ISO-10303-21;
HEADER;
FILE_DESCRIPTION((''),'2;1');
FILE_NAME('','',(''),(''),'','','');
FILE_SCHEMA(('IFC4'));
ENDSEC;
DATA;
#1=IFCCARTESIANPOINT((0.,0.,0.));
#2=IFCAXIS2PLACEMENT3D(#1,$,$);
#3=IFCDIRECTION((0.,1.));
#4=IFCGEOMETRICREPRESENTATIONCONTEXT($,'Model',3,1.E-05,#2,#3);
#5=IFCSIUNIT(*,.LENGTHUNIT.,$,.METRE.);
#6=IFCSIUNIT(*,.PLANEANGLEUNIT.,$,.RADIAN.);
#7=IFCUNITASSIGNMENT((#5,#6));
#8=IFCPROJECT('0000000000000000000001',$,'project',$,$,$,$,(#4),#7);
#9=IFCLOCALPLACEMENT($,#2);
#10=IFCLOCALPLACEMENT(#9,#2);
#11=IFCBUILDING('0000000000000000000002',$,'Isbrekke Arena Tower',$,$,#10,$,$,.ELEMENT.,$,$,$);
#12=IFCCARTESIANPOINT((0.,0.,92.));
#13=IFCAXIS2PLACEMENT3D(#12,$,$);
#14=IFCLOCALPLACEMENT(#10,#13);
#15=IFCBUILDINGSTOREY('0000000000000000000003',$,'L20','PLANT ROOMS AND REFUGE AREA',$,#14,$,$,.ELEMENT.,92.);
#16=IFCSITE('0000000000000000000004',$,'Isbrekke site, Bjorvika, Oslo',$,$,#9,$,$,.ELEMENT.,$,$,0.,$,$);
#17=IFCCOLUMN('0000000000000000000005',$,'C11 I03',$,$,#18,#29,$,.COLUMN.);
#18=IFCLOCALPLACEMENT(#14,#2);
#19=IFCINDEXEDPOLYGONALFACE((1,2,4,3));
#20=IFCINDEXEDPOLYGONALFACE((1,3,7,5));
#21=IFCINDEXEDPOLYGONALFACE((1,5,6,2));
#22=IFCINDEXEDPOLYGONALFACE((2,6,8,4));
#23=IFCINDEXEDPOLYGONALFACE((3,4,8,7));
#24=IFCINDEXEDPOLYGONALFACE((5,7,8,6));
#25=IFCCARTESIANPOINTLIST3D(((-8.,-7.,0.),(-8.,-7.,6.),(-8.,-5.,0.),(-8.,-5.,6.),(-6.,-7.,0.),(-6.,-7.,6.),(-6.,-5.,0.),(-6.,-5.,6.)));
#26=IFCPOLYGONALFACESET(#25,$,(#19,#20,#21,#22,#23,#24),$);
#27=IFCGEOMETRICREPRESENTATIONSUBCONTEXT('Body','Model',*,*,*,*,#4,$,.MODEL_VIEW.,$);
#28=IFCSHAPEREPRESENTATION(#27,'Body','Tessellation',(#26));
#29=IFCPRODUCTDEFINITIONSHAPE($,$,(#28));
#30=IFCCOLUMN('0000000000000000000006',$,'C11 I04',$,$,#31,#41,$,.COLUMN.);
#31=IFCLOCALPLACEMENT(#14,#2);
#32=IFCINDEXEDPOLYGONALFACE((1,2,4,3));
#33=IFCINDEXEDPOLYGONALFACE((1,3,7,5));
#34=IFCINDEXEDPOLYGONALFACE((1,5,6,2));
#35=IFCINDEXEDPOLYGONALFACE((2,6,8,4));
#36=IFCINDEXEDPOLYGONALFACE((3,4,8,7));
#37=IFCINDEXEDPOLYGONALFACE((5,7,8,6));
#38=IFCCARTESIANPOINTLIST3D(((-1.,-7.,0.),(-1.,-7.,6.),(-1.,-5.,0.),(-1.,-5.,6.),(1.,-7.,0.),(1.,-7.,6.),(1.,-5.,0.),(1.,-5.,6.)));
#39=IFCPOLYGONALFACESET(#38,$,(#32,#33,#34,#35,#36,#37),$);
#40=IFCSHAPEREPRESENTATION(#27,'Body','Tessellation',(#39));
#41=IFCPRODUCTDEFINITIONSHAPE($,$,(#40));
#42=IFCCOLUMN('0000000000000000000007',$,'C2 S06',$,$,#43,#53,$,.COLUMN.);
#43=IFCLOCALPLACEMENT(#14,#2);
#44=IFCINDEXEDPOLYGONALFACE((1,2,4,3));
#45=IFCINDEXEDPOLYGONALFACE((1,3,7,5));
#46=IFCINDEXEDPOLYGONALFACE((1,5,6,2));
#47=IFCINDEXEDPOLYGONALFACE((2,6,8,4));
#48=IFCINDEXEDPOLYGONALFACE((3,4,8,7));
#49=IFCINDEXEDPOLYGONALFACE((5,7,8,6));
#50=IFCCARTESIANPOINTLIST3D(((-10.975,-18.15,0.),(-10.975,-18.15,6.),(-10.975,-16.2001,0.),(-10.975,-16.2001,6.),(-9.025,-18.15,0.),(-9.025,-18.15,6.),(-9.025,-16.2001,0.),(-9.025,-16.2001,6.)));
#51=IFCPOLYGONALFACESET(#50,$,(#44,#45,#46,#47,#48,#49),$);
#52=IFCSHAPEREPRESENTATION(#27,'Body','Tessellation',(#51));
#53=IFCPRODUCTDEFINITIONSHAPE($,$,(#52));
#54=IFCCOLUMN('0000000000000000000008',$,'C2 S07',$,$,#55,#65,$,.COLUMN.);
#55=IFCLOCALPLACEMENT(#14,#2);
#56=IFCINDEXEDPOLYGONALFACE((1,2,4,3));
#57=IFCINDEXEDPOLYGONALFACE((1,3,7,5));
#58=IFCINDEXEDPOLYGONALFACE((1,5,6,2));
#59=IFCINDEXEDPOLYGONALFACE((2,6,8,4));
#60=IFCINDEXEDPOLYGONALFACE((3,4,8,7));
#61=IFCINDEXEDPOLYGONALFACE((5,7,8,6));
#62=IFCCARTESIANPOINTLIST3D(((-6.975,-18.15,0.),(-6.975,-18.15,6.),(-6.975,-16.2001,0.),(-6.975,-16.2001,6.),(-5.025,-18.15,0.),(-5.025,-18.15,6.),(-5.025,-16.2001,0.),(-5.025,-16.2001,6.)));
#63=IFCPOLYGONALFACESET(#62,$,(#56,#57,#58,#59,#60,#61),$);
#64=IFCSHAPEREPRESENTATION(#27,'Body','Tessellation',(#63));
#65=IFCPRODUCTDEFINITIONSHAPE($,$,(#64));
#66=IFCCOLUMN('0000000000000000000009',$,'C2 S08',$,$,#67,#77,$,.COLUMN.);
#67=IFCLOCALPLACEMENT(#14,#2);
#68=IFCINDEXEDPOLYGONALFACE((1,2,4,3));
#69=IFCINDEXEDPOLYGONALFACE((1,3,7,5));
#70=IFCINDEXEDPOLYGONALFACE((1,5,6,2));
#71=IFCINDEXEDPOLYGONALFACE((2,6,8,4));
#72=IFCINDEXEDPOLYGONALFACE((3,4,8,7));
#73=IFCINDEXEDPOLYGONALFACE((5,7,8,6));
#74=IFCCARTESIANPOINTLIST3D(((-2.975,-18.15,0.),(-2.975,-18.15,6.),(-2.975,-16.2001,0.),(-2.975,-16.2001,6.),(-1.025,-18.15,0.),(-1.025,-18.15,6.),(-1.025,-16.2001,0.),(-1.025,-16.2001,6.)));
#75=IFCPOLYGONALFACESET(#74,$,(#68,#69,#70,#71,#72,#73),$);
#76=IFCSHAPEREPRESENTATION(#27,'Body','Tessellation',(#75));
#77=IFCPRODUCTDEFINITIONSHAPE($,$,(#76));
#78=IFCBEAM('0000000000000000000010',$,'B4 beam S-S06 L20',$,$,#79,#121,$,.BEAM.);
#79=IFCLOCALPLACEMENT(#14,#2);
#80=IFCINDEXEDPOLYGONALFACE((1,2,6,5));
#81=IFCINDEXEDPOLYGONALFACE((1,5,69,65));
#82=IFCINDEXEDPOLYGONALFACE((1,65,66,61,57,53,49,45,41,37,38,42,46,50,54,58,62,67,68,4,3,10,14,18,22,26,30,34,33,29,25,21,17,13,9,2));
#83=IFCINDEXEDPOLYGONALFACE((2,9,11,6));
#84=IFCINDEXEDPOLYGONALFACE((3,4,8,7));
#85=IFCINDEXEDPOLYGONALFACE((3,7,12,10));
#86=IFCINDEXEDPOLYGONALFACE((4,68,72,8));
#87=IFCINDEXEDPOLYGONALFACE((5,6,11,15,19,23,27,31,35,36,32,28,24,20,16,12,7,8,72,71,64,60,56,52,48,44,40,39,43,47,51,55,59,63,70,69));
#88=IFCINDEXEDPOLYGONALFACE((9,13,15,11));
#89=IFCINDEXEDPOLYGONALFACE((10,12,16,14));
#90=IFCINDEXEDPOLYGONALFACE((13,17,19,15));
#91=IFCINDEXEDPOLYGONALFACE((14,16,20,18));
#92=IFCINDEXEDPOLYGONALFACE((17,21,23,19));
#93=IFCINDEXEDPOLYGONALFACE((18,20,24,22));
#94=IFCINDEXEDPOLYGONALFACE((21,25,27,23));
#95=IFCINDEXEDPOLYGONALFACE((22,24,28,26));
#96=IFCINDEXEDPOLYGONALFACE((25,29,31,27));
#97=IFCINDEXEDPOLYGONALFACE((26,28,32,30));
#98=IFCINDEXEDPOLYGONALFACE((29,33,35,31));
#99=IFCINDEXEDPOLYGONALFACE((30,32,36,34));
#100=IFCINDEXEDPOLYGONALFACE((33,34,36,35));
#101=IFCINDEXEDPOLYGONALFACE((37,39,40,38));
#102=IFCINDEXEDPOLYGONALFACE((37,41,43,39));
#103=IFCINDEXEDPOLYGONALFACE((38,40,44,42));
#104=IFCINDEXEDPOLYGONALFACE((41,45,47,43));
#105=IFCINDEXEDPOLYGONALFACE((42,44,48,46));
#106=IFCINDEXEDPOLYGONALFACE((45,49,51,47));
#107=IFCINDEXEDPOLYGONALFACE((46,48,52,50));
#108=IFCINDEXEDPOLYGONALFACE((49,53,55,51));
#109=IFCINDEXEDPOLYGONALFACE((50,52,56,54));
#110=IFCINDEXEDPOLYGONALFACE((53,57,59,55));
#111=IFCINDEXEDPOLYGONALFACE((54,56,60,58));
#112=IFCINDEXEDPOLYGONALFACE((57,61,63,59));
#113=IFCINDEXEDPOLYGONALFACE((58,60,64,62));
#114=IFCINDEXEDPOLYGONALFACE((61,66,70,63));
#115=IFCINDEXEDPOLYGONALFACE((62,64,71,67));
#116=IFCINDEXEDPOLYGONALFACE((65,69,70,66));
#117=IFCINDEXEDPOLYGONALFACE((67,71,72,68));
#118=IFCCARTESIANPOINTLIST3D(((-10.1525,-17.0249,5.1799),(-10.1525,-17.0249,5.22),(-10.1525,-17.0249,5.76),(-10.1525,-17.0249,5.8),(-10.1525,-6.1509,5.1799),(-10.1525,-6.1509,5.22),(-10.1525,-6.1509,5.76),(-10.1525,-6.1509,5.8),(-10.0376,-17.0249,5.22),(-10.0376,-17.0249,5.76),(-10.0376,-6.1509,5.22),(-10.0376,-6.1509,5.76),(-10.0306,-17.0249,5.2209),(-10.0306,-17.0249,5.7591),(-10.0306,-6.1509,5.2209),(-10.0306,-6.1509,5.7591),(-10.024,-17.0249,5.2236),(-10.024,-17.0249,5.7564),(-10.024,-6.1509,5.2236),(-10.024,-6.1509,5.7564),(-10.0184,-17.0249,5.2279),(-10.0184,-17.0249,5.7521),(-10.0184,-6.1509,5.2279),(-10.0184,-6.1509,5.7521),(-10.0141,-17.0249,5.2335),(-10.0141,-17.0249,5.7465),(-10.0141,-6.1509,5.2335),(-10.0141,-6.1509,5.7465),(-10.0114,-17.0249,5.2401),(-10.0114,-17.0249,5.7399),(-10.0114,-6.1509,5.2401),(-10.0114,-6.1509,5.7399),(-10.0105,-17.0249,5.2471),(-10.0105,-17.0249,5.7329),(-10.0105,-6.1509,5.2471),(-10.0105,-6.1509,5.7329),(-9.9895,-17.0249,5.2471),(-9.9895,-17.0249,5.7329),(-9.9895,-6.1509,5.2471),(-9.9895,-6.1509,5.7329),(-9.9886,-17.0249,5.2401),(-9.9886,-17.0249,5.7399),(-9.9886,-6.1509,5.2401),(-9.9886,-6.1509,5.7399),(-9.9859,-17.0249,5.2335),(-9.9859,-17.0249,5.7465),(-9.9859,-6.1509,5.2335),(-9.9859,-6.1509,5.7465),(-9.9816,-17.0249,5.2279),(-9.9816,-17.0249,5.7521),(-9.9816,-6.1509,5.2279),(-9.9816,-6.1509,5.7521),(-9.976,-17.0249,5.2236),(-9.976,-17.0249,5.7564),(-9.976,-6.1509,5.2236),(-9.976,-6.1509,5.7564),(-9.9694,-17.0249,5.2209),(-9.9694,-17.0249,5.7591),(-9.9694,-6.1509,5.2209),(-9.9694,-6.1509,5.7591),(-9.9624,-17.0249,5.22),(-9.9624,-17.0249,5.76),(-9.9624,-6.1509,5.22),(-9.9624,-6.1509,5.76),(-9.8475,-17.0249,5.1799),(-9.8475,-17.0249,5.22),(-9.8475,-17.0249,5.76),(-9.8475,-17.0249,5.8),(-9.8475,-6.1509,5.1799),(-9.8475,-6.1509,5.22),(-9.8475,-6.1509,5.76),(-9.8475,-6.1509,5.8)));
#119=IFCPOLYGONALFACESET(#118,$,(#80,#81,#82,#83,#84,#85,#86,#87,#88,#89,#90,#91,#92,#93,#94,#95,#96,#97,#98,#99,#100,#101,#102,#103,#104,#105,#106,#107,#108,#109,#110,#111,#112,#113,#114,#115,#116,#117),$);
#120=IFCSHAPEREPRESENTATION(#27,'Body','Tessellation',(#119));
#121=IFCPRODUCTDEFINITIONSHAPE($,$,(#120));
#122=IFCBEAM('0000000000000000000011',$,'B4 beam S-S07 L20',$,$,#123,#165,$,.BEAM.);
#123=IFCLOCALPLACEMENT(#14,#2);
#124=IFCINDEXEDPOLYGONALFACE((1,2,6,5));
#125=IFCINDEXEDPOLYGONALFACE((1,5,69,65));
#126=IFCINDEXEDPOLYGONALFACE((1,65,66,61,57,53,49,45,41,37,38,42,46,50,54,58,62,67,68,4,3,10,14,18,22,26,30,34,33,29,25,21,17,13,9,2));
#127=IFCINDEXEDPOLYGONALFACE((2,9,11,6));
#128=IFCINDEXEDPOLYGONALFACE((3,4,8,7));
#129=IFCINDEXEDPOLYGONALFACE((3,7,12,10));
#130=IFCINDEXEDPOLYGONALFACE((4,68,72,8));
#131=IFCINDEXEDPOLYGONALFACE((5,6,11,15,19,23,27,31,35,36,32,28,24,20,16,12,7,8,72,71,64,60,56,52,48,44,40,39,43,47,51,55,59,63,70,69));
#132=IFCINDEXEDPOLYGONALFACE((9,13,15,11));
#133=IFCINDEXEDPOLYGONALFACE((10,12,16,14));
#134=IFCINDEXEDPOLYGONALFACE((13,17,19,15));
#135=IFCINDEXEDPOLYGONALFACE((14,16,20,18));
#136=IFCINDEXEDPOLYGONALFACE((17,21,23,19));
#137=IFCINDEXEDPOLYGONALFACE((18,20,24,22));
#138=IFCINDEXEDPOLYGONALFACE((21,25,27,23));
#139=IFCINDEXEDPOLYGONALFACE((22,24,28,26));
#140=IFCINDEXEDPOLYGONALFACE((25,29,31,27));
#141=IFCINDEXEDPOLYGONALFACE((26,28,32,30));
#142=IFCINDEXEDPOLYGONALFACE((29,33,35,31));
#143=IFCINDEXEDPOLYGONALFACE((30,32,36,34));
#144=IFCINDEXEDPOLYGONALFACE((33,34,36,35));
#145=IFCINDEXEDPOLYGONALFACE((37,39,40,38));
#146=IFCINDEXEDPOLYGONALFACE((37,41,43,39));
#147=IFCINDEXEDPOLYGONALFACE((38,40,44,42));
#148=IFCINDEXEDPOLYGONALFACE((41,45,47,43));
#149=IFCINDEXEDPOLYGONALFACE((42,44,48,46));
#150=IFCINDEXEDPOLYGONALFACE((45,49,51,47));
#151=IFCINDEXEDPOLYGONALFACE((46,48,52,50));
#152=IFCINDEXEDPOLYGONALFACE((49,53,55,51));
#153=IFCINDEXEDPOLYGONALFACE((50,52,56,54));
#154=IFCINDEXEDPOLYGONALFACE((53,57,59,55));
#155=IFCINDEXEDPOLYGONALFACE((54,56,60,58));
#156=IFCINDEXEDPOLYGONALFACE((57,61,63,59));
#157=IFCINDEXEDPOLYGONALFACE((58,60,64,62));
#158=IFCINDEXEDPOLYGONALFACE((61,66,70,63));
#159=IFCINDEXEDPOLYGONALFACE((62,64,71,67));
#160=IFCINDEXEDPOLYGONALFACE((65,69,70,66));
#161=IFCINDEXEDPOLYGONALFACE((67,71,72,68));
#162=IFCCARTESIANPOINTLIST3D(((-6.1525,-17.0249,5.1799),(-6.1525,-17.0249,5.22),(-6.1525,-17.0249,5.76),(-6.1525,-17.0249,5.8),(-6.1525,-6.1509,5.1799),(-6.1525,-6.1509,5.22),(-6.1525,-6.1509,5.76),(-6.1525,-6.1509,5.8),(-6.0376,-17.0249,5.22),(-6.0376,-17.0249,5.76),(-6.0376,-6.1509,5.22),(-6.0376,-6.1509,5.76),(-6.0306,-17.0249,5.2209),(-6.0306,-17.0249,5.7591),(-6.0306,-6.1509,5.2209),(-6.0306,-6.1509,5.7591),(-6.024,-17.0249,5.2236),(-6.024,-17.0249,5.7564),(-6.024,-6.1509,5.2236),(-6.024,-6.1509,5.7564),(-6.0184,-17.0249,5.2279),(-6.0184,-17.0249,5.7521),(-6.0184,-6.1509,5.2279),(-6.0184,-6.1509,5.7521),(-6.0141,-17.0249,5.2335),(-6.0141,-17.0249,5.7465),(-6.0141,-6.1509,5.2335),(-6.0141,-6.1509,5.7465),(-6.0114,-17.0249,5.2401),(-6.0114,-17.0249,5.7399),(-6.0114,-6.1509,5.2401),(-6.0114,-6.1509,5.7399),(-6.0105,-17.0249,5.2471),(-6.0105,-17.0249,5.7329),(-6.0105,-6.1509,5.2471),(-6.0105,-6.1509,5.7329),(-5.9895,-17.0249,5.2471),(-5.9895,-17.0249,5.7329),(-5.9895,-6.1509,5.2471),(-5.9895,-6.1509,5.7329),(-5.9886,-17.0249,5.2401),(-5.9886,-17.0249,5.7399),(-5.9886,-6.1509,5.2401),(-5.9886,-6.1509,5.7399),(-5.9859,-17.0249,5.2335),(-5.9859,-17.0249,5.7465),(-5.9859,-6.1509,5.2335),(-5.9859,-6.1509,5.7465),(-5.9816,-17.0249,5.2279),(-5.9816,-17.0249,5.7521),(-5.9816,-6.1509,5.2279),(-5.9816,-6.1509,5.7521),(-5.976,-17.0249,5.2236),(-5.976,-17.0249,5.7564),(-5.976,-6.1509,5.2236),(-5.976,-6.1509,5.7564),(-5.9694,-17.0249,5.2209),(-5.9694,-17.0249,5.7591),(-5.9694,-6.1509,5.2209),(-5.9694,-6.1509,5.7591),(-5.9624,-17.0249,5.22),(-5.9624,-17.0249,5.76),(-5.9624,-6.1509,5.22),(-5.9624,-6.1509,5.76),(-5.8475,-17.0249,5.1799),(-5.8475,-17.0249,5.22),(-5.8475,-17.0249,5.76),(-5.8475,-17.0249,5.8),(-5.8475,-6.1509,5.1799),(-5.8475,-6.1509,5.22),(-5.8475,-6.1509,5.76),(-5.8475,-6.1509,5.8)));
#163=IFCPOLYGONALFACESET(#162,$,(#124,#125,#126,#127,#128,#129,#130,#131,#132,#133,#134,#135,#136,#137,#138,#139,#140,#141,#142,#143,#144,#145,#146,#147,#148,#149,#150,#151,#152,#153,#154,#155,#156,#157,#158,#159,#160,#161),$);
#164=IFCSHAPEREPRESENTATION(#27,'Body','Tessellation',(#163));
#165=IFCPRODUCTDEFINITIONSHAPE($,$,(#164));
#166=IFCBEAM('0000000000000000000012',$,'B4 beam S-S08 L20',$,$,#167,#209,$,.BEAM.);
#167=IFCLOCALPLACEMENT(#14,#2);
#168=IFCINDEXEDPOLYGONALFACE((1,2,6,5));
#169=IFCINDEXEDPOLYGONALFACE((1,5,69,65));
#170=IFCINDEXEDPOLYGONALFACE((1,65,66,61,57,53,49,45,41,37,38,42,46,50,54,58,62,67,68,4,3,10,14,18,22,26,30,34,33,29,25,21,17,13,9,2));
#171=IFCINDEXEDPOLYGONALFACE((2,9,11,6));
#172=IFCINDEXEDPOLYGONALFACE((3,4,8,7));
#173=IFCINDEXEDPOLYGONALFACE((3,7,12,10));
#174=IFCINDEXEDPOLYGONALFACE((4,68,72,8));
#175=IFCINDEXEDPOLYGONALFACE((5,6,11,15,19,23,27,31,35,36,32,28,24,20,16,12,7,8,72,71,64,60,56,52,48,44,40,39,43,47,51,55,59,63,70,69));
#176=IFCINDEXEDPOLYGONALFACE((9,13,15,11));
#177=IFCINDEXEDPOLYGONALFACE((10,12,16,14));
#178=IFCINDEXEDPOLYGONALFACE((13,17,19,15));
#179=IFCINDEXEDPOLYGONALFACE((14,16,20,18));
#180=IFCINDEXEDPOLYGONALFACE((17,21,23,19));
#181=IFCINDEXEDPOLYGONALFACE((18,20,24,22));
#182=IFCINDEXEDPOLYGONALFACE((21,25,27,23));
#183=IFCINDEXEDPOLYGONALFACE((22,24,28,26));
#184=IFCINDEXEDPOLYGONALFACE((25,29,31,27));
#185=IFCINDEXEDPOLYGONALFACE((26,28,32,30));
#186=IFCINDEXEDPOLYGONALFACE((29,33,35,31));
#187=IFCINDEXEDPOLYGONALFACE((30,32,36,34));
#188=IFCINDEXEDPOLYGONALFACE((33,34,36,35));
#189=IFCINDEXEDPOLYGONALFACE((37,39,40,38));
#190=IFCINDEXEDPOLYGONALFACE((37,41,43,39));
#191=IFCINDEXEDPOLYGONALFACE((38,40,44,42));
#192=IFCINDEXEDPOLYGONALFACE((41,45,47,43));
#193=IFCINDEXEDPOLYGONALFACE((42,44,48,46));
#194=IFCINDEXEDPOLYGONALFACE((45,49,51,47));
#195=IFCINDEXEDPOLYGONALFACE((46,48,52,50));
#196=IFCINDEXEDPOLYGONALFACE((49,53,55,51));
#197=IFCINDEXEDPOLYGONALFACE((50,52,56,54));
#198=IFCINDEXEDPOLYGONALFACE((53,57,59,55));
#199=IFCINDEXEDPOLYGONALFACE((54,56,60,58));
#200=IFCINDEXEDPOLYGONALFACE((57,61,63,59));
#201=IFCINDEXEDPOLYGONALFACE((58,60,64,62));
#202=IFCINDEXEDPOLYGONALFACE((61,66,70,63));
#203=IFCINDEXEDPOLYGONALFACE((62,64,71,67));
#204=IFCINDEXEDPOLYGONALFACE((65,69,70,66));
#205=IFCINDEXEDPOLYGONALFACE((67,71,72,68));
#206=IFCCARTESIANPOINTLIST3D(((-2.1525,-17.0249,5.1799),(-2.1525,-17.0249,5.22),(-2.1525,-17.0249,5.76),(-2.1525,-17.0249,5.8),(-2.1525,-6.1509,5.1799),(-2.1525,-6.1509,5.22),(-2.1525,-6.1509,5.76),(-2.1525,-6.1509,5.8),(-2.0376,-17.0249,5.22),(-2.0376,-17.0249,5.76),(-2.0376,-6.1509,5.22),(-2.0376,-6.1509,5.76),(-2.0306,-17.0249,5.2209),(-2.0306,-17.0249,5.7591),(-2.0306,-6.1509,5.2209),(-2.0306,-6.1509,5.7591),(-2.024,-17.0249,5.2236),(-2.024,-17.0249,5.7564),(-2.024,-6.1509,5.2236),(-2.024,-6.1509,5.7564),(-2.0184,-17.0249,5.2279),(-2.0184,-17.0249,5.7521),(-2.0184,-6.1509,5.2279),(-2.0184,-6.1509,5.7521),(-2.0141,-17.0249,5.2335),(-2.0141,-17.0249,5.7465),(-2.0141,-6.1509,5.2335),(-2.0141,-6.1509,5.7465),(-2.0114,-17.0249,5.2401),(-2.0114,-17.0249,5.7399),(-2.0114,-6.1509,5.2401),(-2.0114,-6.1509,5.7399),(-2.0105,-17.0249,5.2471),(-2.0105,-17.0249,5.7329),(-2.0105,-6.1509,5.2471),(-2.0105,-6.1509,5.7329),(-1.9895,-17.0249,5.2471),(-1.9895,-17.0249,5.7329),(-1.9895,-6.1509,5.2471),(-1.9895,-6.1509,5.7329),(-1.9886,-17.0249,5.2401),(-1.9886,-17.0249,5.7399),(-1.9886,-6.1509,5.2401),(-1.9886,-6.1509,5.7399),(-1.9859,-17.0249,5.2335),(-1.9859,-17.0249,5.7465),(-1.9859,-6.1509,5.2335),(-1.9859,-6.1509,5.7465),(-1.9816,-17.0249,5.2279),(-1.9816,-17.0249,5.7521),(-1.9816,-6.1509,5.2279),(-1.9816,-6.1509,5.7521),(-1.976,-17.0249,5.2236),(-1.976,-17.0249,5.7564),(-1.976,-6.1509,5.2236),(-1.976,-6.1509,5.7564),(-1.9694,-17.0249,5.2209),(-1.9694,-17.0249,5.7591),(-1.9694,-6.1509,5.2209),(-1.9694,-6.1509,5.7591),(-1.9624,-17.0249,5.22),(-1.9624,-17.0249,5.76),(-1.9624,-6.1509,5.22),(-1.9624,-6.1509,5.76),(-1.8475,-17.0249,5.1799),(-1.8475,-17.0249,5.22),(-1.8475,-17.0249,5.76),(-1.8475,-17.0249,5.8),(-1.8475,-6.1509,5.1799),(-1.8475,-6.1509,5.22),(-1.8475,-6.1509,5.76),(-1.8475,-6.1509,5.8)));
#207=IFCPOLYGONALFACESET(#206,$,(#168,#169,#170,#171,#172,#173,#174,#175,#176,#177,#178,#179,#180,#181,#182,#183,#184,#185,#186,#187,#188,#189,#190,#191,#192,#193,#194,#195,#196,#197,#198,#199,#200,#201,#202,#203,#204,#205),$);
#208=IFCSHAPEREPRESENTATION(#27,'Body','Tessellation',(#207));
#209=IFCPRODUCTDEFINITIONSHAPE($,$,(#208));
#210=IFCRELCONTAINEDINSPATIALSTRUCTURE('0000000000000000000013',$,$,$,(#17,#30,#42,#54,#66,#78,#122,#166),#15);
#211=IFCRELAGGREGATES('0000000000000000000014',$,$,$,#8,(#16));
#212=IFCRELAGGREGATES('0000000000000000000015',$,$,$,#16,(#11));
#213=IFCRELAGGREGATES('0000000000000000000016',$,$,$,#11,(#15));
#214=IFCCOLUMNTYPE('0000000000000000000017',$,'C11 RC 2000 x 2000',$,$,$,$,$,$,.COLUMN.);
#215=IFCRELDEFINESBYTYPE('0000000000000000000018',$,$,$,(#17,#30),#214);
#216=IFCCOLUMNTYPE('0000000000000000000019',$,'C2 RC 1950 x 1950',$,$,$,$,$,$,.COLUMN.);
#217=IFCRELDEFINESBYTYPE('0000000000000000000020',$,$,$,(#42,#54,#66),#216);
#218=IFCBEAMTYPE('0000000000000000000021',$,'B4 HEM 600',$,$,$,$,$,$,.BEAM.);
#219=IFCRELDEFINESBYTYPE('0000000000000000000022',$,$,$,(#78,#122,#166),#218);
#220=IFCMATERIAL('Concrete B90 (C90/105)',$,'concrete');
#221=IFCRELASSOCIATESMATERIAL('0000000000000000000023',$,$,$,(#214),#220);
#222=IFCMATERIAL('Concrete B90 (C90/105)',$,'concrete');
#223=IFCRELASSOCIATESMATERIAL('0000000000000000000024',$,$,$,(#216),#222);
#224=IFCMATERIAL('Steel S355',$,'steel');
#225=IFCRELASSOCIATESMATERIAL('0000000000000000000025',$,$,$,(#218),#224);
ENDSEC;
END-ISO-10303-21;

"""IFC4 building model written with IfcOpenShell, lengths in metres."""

from ifc_helpers import new_model, si_unit, direction, frame, origin, origin_2d, place, context, subcontext, project, spatial, rectangle, i_section, extrude, material, material_profile, profile_set, type_object, element, save


model = new_model("IFC4")

# Units and contexts
model_context = context("Model", 3, precision=1e-05, world=origin(), true_north=direction((0.0, 1.0)))
body_context = subcontext(model_context, "Body", "Model", "MODEL_VIEW")
ifc_project = project(units=[si_unit("LENGTHUNIT", "METRE"), si_unit("PLANEANGLEUNIT", "RADIAN")], contexts=[model_context])

# Site, building, storey
site_placement = place(None, origin())
site = spatial("IfcSite", under=ifc_project, at=site_placement, Name="Isbrekke site, Bjorvika, Oslo", CompositionType="ELEMENT", RefElevation=0.0)
building_placement = place(site_placement, origin())
building = spatial("IfcBuilding", under=site, at=building_placement, Name="Isbrekke Arena Tower", CompositionType="ELEMENT")
storey_placement = place(building_placement, frame((0.0, 0.0, 92.0)))
storey = spatial("IfcBuildingStorey", under=building, at=storey_placement, Name="L20", Description="PLANT ROOMS AND REFUGE AREA", CompositionType="ELEMENT", Elevation=92.0)

# Columns
ifc_material_1 = material(Name="Concrete B90 (C90/105)", Category="concrete")
ifc_material_profile_1 = material_profile(ifc_material_1, rectangle(XDim=2.0, YDim=2.0, at=origin_2d()), Name="RC 2000x2000")
ifc_profile_set_1 = profile_set([ifc_material_profile_1], Name="Concrete B90 (C90/105)")
column_type_1 = type_object("IfcColumnType", Name="C11 RC 2000 x 2000", PredefinedType="COLUMN", material=ifc_profile_set_1)
for number, where, z_axis, x_axis, name in (
    (1, (-7.0, -6.0, 0.0), (0.0, 0.0, 1.0), (1.0, 0.0, 0.0), "C11 I03"),
    (2, (0.0, -6.0, 0.0), (0.0, 0.0, 1.0), (1.0, 0.0, 0.0), "C11 I04"),
):
    element("IfcColumn", number, at=place(storey_placement, frame(where, z_axis=z_axis, x_axis=x_axis)), inside=storey, type_object=column_type_1, Name=name, PredefinedType="COLUMN", context=body_context, shape_type="SweptSolid", body=[
        extrude(rectangle(XDim=2.0, YDim=2.0, at=origin_2d()), origin(), (0.0, 0.0, 1.0), 6.0),
    ])
ifc_material_2 = material(Name="Concrete B90 (C90/105)", Category="concrete")
ifc_material_profile_2 = material_profile(ifc_material_2, rectangle(XDim=1.95, YDim=1.95, at=origin_2d()), Name="RC 1950x1950")
ifc_profile_set_2 = profile_set([ifc_material_profile_2], Name="Concrete B90 (C90/105)")
column_type_2 = type_object("IfcColumnType", Name="C2 RC 1950 x 1950", PredefinedType="COLUMN", material=ifc_profile_set_2)
for number, where, z_axis, x_axis, name in (
    (3, (-10.0, -17.175, 0.0), (0.0, 0.0, 1.0), (1.0, 0.0, 0.0), "C2 S06"),
    (4, (-6.0, -17.175, 0.0), (0.0, 0.0, 1.0), (1.0, 0.0, 0.0), "C2 S07"),
    (5, (-2.0, -17.175, 0.0), (0.0, 0.0, 1.0), (1.0, 0.0, 0.0), "C2 S08"),
):
    element("IfcColumn", number, at=place(storey_placement, frame(where, z_axis=z_axis, x_axis=x_axis)), inside=storey, type_object=column_type_2, Name=name, PredefinedType="COLUMN", context=body_context, shape_type="SweptSolid", body=[
        extrude(rectangle(XDim=1.95, YDim=1.95, at=origin_2d()), origin(), (0.0, 0.0, 1.0), 6.0),
    ])

# Beams
ifc_material_3 = material(Name="Steel S355", Category="steel")
ifc_material_profile_3 = material_profile(ifc_material_3, i_section(OverallWidth=0.3049, OverallDepth=0.6201, WebThickness=0.021, FlangeThickness=0.04, FilletRadius=0.0271, at=origin_2d()), Name="HEM 600")
ifc_profile_set_3 = profile_set([ifc_material_profile_3], Name="Steel S355")
beam_type_1 = type_object("IfcBeamType", Name="B4 HEM 600", PredefinedType="BEAM", material=ifc_profile_set_3)
for number, where, z_axis, x_axis, name in (
    (6, (-10.0, -17.0249, 5.49), (0.0, 1.0, 0.0), (-1.0, 0.0, 0.0), "B4 beam S-S06 L20"),
    (7, (-6.0, -17.0249, 5.49), (0.0, 1.0, 0.0), (-1.0, 0.0, 0.0), "B4 beam S-S07 L20"),
    (8, (-2.0, -17.0249, 5.49), (0.0, 1.0, 0.0), (-1.0, 0.0, 0.0), "B4 beam S-S08 L20"),
):
    element("IfcBeam", number, at=place(storey_placement, frame(where, z_axis=z_axis, x_axis=x_axis)), inside=storey, type_object=beam_type_1, Name=name, PredefinedType="BEAM", context=body_context, shape_type="SweptSolid", body=[
        extrude(i_section(OverallWidth=0.3049, OverallDepth=0.6201, WebThickness=0.021, FlangeThickness=0.04, FilletRadius=0.0271, at=origin_2d()), origin(), (0.0, 0.0, 1.0), 10.874),
    ])

save(model, "model.ifc")
